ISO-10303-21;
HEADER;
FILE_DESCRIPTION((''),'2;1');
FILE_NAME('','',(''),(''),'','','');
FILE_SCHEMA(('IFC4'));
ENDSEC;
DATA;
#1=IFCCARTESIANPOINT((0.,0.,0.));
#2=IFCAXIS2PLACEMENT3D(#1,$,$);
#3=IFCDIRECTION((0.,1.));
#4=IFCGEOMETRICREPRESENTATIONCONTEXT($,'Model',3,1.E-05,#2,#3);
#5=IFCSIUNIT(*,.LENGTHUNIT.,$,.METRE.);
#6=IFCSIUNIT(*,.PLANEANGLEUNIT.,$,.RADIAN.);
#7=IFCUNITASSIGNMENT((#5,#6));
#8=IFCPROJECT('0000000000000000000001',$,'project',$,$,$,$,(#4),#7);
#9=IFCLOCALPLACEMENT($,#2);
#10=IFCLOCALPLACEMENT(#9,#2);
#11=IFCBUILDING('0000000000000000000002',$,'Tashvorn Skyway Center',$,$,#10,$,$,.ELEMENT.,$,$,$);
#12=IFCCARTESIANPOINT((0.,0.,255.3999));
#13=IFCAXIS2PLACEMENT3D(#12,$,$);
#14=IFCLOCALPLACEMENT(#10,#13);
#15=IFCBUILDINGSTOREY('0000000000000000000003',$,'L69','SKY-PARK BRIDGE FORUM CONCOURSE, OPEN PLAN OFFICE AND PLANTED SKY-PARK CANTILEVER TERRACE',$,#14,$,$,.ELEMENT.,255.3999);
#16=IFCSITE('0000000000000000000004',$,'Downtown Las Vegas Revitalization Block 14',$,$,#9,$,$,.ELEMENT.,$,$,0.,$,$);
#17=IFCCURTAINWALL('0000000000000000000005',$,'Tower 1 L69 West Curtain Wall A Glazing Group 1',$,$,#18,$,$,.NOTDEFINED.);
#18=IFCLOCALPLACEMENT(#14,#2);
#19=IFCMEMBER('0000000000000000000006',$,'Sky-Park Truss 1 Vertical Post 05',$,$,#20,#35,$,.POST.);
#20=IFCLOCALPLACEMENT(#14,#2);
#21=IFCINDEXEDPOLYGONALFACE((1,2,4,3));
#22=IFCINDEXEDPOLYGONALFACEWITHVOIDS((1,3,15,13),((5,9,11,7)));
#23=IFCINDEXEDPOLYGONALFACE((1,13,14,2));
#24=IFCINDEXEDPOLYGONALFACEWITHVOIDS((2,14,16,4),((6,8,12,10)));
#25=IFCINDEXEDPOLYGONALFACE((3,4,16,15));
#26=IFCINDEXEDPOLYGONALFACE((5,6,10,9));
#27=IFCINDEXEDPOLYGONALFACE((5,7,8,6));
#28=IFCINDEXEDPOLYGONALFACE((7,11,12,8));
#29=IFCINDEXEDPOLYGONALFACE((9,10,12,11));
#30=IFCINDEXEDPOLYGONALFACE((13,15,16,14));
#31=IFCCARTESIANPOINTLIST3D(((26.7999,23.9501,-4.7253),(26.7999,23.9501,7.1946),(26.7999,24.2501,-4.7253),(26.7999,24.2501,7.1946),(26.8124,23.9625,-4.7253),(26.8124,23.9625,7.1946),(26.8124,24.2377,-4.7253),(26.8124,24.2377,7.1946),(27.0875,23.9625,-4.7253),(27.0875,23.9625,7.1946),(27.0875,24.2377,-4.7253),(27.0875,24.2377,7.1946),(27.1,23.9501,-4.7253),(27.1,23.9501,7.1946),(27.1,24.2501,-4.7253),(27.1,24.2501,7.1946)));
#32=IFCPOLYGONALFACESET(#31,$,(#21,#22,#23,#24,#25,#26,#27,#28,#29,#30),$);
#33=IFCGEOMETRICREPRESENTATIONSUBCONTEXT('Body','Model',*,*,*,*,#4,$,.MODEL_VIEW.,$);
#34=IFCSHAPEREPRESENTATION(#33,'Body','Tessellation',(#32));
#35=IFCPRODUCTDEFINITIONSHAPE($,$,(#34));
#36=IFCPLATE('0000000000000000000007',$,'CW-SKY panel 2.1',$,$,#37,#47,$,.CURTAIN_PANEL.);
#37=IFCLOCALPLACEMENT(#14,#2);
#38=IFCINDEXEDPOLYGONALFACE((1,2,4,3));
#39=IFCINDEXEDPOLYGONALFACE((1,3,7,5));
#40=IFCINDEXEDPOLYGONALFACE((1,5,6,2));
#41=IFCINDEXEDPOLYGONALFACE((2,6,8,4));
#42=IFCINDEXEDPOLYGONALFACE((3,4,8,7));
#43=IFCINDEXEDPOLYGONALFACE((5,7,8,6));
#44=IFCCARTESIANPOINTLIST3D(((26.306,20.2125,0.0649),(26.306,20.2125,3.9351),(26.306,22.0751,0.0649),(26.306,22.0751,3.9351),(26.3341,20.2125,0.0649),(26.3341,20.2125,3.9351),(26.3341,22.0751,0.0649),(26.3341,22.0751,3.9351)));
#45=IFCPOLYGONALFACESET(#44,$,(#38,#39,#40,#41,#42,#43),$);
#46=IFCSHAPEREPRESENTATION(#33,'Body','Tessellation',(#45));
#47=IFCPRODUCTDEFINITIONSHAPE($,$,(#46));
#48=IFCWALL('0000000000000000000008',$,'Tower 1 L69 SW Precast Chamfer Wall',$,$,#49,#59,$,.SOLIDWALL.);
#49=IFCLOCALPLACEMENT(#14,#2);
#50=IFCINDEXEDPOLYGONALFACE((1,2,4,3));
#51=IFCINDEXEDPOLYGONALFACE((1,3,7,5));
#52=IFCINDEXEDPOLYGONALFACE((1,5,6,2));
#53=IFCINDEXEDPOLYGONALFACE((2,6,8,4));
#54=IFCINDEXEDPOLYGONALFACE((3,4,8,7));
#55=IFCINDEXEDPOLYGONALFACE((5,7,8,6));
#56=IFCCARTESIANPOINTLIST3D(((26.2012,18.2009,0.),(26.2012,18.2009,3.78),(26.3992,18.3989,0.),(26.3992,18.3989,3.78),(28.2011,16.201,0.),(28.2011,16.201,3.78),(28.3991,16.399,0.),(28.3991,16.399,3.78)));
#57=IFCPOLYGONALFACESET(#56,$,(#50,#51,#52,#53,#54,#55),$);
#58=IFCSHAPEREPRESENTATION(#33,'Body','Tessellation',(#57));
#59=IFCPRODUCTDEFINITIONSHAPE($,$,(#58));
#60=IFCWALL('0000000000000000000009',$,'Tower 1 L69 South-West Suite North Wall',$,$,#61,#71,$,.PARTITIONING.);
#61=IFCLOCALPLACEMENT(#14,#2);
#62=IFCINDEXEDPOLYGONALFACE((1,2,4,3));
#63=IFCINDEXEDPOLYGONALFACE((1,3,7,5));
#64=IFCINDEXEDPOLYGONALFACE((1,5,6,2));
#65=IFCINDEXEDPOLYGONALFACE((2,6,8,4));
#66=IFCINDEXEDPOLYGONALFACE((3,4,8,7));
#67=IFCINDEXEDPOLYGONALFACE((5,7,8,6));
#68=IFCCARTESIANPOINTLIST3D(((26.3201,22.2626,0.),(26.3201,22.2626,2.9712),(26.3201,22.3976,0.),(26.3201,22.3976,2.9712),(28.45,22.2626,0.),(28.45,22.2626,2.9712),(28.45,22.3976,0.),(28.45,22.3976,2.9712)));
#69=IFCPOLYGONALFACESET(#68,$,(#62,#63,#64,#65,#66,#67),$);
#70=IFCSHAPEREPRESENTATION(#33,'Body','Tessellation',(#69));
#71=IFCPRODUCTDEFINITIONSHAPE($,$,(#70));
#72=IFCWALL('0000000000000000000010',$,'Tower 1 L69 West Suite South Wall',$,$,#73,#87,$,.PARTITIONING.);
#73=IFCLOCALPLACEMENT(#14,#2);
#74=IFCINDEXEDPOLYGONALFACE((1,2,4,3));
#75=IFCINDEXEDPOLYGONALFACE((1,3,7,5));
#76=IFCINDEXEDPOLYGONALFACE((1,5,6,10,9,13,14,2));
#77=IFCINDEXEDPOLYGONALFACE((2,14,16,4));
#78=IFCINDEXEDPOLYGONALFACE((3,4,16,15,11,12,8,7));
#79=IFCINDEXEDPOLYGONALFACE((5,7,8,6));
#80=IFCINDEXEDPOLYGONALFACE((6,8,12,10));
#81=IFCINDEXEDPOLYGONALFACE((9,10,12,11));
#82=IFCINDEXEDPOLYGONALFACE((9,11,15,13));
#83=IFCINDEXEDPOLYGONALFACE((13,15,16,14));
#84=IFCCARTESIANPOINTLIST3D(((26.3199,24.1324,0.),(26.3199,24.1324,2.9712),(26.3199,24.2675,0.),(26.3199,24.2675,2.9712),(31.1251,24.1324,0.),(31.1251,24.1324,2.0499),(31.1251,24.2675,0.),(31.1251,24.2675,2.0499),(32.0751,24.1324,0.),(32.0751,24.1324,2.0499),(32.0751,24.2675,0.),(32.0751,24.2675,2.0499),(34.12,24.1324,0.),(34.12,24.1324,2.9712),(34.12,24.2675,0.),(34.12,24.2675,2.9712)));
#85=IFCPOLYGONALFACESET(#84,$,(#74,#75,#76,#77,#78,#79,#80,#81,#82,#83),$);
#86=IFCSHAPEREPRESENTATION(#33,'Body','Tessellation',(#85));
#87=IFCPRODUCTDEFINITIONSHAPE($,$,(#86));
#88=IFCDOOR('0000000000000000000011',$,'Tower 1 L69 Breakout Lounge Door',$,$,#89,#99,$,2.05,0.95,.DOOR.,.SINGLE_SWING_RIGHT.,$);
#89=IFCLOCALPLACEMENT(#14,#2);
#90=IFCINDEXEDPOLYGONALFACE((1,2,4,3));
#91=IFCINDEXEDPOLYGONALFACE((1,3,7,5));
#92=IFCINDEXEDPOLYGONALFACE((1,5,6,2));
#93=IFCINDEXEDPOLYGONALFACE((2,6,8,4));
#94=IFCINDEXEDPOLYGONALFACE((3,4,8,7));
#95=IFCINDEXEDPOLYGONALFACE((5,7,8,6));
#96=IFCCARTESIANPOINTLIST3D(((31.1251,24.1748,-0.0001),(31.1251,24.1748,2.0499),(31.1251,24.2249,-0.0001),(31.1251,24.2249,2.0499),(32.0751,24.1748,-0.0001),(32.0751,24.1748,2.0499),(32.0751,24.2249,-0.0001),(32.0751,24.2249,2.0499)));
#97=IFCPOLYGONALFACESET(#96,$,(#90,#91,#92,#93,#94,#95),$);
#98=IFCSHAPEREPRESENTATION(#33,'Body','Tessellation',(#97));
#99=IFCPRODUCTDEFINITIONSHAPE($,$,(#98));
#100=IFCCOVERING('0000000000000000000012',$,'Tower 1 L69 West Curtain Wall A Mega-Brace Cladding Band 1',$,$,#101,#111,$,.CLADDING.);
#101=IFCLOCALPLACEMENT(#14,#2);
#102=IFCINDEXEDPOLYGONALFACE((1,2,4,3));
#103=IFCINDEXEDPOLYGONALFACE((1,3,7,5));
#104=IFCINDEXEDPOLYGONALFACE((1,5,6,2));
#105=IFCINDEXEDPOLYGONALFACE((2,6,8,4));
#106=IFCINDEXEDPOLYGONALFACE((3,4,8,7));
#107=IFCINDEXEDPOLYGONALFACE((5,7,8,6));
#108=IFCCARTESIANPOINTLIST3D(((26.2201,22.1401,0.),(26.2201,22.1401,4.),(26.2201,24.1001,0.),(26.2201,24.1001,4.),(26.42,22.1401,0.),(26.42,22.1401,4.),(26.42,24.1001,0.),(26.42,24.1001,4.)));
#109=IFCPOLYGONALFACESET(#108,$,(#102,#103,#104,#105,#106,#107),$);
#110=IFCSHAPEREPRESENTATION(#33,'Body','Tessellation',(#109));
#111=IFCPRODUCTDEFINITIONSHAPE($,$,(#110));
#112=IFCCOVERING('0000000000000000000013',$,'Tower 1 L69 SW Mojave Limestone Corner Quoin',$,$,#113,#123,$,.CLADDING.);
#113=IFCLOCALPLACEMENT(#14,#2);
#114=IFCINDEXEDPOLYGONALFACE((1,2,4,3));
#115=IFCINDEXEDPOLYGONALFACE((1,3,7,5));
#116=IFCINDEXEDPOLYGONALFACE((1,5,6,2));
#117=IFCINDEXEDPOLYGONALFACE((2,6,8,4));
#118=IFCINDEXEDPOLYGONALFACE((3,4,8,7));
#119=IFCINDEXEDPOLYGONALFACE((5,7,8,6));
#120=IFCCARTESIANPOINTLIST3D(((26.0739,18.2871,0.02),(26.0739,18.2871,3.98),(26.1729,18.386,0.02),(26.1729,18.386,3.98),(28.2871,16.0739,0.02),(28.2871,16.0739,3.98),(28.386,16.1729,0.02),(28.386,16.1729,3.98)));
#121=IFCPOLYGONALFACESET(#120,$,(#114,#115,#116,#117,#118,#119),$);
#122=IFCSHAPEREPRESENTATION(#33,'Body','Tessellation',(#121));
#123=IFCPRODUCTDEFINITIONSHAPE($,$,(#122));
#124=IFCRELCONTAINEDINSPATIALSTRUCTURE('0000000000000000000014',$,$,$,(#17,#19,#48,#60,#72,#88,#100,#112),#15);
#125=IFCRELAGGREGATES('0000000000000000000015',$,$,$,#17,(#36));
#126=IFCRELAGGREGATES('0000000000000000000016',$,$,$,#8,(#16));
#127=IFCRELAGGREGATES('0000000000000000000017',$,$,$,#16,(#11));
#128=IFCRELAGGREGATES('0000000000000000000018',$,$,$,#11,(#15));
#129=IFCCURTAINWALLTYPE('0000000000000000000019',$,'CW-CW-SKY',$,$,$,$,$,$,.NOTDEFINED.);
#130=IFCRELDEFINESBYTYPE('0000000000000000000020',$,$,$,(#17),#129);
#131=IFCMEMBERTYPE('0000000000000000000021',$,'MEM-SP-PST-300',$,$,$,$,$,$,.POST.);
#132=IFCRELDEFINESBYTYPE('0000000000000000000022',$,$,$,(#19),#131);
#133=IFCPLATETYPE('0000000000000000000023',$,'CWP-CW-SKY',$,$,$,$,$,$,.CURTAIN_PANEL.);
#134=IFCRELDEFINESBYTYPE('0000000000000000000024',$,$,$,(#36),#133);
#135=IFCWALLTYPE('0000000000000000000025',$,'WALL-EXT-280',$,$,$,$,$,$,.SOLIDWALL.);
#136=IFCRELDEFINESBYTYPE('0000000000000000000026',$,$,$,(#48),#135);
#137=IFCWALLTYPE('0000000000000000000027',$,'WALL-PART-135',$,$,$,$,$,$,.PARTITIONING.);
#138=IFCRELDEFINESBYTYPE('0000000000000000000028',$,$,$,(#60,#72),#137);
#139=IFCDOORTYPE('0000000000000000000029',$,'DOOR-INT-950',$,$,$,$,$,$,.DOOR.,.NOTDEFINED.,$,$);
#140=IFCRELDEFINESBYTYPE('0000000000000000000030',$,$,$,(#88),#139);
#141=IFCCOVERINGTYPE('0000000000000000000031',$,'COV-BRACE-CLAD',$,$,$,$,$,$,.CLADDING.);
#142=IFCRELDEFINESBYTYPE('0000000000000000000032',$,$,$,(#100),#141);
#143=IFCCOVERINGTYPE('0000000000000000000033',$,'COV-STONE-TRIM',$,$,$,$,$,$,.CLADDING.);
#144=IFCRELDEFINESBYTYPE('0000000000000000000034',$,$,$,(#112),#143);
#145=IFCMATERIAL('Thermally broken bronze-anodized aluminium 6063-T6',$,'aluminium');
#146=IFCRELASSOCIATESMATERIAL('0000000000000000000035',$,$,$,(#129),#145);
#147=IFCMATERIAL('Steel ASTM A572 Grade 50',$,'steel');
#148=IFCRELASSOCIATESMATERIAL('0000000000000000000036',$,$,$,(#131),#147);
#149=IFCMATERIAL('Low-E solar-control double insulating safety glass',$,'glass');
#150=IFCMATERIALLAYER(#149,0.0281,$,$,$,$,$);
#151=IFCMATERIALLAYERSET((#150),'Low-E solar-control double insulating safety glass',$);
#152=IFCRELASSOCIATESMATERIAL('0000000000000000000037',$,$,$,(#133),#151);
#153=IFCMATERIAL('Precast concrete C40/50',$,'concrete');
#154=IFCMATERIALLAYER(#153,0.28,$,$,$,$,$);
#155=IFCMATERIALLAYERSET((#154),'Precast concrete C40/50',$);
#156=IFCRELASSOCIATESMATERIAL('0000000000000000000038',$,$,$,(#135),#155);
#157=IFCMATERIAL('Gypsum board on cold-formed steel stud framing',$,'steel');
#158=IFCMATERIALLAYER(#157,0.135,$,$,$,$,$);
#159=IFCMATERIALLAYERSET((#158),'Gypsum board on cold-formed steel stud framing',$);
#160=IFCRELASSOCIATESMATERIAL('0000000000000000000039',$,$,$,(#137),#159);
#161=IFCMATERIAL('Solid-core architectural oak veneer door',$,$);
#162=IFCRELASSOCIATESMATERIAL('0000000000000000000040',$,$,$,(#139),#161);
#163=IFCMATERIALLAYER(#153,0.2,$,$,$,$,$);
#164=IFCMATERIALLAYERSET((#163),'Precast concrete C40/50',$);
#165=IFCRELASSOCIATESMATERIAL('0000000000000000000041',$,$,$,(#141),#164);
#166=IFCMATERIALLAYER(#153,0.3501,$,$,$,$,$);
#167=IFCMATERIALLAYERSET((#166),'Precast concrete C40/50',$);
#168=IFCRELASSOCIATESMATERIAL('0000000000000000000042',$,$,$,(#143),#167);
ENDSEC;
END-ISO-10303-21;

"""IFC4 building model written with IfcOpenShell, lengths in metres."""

from ifc_helpers import new_model, si_unit, direction, frame, frame_2d, origin, origin_2d, place, context, subcontext, project, spatial, rectangle, hollow_rectangle, extrude, material, layer, layer_set, material_profile, profile_set, type_object, element, fill, aggregate, save


model = new_model("IFC4")

# Units and contexts
model_context = context("Model", 3, precision=1e-05, world=origin(), true_north=direction((0.0, 1.0)))
body_context = subcontext(model_context, "Body", "Model", "MODEL_VIEW")
ifc_project = project(units=[si_unit("LENGTHUNIT", "METRE"), si_unit("PLANEANGLEUNIT", "RADIAN")], contexts=[model_context])

# Site, building, storey
site_placement = place(None, origin())
site = spatial("IfcSite", under=ifc_project, at=site_placement, Name="Downtown Las Vegas Revitalization Block 14", CompositionType="ELEMENT", RefElevation=0.0)
building_placement = place(site_placement, origin())
building = spatial("IfcBuilding", under=site, at=building_placement, Name="Tashvorn Skyway Center", CompositionType="ELEMENT")
storey_placement = place(building_placement, frame((0.0, 0.0, 255.3999)))
storey = spatial("IfcBuildingStorey", under=building, at=storey_placement, Name="L69", Description="SKY-PARK BRIDGE FORUM CONCOURSE, OPEN PLAN OFFICE AND PLANTED SKY-PARK CANTILEVER TERRACE", CompositionType="ELEMENT", Elevation=255.3999)

# Shared definitions
ifc_material_1 = material(Name="Steel ASTM A572 Grade 50", Category="steel")

# Shared definitions
ifc_material_2 = material(Name="Thermally broken bronze-anodized aluminium 6063-T6", Category="aluminium")
curtain_wall_type = type_object("IfcCurtainWallType", Name="CW-CW-SKY", PredefinedType="NOTDEFINED", material=ifc_material_2)

# Curtain wall
curtain_wall_1_placement = place(storey_placement, origin())
curtain_wall_1 = element("IfcCurtainWall", 1, at=curtain_wall_1_placement, inside=storey, type_object=curtain_wall_type, Name="Tower 1 L69 West Curtain Wall A Glazing Group 1", PredefinedType="NOTDEFINED")

# Member
ifc_material_profile_1 = material_profile(ifc_material_1, hollow_rectangle(XDim=0.3, YDim=0.3, WallThickness=0.0125, at=origin_2d()), Name="HSS300x300x12.5")
ifc_profile_set_1 = profile_set([ifc_material_profile_1], Name="Steel ASTM A572 Grade 50")
member_type_1 = type_object("IfcMemberType", Name="MEM-SP-PST-300", PredefinedType="POST", material=ifc_profile_set_1)
member_1_placement = place(storey_placement, frame((26.95, 24.1001, -4.7253), z_axis=(0.0, 0.0, 1.0), x_axis=(1.0, 0.0, 0.0)))
element("IfcMember", 2, at=member_1_placement, inside=storey, type_object=member_type_1, Name="Sky-Park Truss 1 Vertical Post 05", PredefinedType="POST", context=body_context, shape_type="SweptSolid", body=[
    extrude(hollow_rectangle(XDim=0.3, YDim=0.3, WallThickness=0.0125, at=origin_2d()), origin(), (0.0, 0.0, 1.0), 11.9199),
])

# Plate
ifc_material_3 = material(Name="Low-E solar-control double insulating safety glass", Category="glass")
ifc_layer_1 = layer(ifc_material_3, 0.0281)
ifc_layer_set_1 = layer_set([ifc_layer_1], Name="Low-E solar-control double insulating safety glass")
plate_type = type_object("IfcPlateType", Name="CWP-CW-SKY", PredefinedType="CURTAIN_PANEL", material=ifc_layer_set_1)
plate_placement = place(storey_placement, frame((26.3201, 21.1438, 0.0649), z_axis=(0.0, 0.0, 1.0), x_axis=(0.0, 1.0, 0.0)))
plate = element("IfcPlate", 3, at=plate_placement, type_object=plate_type, Name="CW-SKY panel 2.1", PredefinedType="CURTAIN_PANEL", context=body_context, shape_type="SweptSolid", body=[
    extrude(rectangle(XDim=1.8625, YDim=0.0281, at=origin_2d()), origin(), (0.0, 0.0, 1.0), 3.8701),
])
aggregate(curtain_wall_1, [plate])

# Walls
ifc_material_4 = material(Name="Precast concrete C40/50", Category="concrete")
ifc_layer_2 = layer(ifc_material_4, 0.28)
ifc_layer_set_2 = layer_set([ifc_layer_2], Name="Precast concrete C40/50")
wall_type_1 = type_object("IfcWallType", Name="WALL-EXT-280", PredefinedType="SOLIDWALL", material=ifc_layer_set_2)
wall_1_placement = place(storey_placement, frame((28.3, 16.3, 0.0), z_axis=(0.0, 0.0, 1.0), x_axis=(-0.707107, 0.707107, 0.0)))
element("IfcWall", 4, at=wall_1_placement, inside=storey, type_object=wall_type_1, Name="Tower 1 L69 SW Precast Chamfer Wall", PredefinedType="SOLIDWALL", context=body_context, shape_type="SweptSolid", body=[
    extrude(rectangle(XDim=2.8284, YDim=0.28, at=frame_2d((1.4141, 0.0))), origin(), (0.0, 0.0, 1.0), 3.78),
])
ifc_material_5 = material(Name="Gypsum board on cold-formed steel stud framing", Category="steel")
ifc_layer_3 = layer(ifc_material_5, 0.135)
ifc_layer_set_3 = layer_set([ifc_layer_3], Name="Gypsum board on cold-formed steel stud framing")
wall_type_2 = type_object("IfcWallType", Name="WALL-PART-135", PredefinedType="PARTITIONING", material=ifc_layer_set_3)
wall_2_placement = place(storey_placement, frame((26.3201, 22.3301, 0.0), z_axis=(0.0, 0.0, 1.0), x_axis=(1.0, 0.0, 0.0)))
element("IfcWall", 5, at=wall_2_placement, inside=storey, type_object=wall_type_2, Name="Tower 1 L69 South-West Suite North Wall", PredefinedType="PARTITIONING", context=body_context, shape_type="SweptSolid", body=[
    extrude(rectangle(XDim=2.1299, YDim=0.135, at=frame_2d((1.0649, 0.0))), origin(), (0.0, 0.0, 1.0), 2.9712),
])

# Wall, opening, door
wall_3_placement = place(storey_placement, frame((26.3201, 24.2, 0.0), z_axis=(0.0, 0.0, 1.0), x_axis=(1.0, 0.0, 0.0)))
wall_3 = element("IfcWall", 6, at=wall_3_placement, inside=storey, type_object=wall_type_2, Name="Tower 1 L69 West Suite South Wall", PredefinedType="PARTITIONING", context=body_context, shape_type="SweptSolid", body=[
    extrude(rectangle(XDim=7.8, YDim=0.135, at=frame_2d((3.8999, 0.0))), origin(), (0.0, 0.0, 1.0), 2.9712),
])
opening_placement = place(wall_3_placement, frame((4.8049, 0.0, 0.0)))
opening = element("IfcOpeningElement", 7, at=opening_placement, cuts=wall_3, PredefinedType="OPENING", context=body_context, shape_type="SweptSolid", body=[
    extrude(rectangle(XDim=0.95, YDim=2.05, at=frame_2d((0.4751, 1.0249))), frame((0.0, 0.0774, 0.0), z_axis=(0.0, -1.0, 0.0), x_axis=(1.0, 0.0, 0.0)), (0.0, 0.0, 1.0), 0.155),
])
ifc_material_6 = material(Name="Solid-core architectural oak veneer door")
door_type = type_object("IfcDoorType", Name="DOOR-INT-950", OperationType="NOTDEFINED", PredefinedType="DOOR", material=ifc_material_6)
door_placement = place(opening_placement, origin())
door = element("IfcDoor", 8, at=door_placement, inside=storey, type_object=door_type, Name="Tower 1 L69 Breakout Lounge Door", OperationType="SINGLE_SWING_RIGHT", OverallHeight=2.05, OverallWidth=0.95, PredefinedType="DOOR", context=body_context, shape_type="SweptSolid", body=[
    extrude(rectangle(XDim=0.95, YDim=2.05, at=frame_2d((0.4751, 1.0249))), frame((0.0, 0.0249, 0.0), z_axis=(0.0, -1.0, 0.0), x_axis=(1.0, 0.0, 0.0)), (0.0, 0.0, 1.0), 0.05),
])
fill(opening, door)

# Coverings
ifc_layer_4 = layer(ifc_material_4, 0.2)
ifc_layer_set_4 = layer_set([ifc_layer_4], Name="Precast concrete C40/50")
covering_type_1 = type_object("IfcCoveringType", Name="COV-BRACE-CLAD", PredefinedType="CLADDING", material=ifc_layer_set_4)
covering_1_placement = place(storey_placement, frame((26.3201, 23.1201, 0.0), z_axis=(0.0, 0.0, 1.0), x_axis=(0.0, 1.0, 0.0)))
element("IfcCovering", 9, at=covering_1_placement, inside=storey, type_object=covering_type_1, Name="Tower 1 L69 West Curtain Wall A Mega-Brace Cladding Band 1", PredefinedType="CLADDING", context=body_context, shape_type="SweptSolid", body=[
    extrude(rectangle(XDim=1.96, YDim=0.2, at=origin_2d()), origin(), (0.0, 0.0, 1.0), 4.0),
])
ifc_layer_5 = layer(ifc_material_4, 0.3501)
ifc_layer_set_5 = layer_set([ifc_layer_5], Name="Precast concrete C40/50")
covering_type_2 = type_object("IfcCoveringType", Name="COV-STONE-TRIM", PredefinedType="CLADDING", material=ifc_layer_set_5)
covering_2_placement = place(storey_placement, frame((27.23, 17.23, 0.02), z_axis=(0.0, 0.0, 1.0), x_axis=(-0.707107, 0.707107, 0.0)))
element("IfcCovering", 10, at=covering_2_placement, inside=storey, type_object=covering_type_2, Name="Tower 1 L69 SW Mojave Limestone Corner Quoin", PredefinedType="CLADDING", context=body_context, shape_type="SweptSolid", body=[
    extrude(rectangle(XDim=3.1299, YDim=0.1399, at=origin_2d()), origin(), (0.0, 0.0, 1.0), 3.96),
])

save(model, "model.ifc")
